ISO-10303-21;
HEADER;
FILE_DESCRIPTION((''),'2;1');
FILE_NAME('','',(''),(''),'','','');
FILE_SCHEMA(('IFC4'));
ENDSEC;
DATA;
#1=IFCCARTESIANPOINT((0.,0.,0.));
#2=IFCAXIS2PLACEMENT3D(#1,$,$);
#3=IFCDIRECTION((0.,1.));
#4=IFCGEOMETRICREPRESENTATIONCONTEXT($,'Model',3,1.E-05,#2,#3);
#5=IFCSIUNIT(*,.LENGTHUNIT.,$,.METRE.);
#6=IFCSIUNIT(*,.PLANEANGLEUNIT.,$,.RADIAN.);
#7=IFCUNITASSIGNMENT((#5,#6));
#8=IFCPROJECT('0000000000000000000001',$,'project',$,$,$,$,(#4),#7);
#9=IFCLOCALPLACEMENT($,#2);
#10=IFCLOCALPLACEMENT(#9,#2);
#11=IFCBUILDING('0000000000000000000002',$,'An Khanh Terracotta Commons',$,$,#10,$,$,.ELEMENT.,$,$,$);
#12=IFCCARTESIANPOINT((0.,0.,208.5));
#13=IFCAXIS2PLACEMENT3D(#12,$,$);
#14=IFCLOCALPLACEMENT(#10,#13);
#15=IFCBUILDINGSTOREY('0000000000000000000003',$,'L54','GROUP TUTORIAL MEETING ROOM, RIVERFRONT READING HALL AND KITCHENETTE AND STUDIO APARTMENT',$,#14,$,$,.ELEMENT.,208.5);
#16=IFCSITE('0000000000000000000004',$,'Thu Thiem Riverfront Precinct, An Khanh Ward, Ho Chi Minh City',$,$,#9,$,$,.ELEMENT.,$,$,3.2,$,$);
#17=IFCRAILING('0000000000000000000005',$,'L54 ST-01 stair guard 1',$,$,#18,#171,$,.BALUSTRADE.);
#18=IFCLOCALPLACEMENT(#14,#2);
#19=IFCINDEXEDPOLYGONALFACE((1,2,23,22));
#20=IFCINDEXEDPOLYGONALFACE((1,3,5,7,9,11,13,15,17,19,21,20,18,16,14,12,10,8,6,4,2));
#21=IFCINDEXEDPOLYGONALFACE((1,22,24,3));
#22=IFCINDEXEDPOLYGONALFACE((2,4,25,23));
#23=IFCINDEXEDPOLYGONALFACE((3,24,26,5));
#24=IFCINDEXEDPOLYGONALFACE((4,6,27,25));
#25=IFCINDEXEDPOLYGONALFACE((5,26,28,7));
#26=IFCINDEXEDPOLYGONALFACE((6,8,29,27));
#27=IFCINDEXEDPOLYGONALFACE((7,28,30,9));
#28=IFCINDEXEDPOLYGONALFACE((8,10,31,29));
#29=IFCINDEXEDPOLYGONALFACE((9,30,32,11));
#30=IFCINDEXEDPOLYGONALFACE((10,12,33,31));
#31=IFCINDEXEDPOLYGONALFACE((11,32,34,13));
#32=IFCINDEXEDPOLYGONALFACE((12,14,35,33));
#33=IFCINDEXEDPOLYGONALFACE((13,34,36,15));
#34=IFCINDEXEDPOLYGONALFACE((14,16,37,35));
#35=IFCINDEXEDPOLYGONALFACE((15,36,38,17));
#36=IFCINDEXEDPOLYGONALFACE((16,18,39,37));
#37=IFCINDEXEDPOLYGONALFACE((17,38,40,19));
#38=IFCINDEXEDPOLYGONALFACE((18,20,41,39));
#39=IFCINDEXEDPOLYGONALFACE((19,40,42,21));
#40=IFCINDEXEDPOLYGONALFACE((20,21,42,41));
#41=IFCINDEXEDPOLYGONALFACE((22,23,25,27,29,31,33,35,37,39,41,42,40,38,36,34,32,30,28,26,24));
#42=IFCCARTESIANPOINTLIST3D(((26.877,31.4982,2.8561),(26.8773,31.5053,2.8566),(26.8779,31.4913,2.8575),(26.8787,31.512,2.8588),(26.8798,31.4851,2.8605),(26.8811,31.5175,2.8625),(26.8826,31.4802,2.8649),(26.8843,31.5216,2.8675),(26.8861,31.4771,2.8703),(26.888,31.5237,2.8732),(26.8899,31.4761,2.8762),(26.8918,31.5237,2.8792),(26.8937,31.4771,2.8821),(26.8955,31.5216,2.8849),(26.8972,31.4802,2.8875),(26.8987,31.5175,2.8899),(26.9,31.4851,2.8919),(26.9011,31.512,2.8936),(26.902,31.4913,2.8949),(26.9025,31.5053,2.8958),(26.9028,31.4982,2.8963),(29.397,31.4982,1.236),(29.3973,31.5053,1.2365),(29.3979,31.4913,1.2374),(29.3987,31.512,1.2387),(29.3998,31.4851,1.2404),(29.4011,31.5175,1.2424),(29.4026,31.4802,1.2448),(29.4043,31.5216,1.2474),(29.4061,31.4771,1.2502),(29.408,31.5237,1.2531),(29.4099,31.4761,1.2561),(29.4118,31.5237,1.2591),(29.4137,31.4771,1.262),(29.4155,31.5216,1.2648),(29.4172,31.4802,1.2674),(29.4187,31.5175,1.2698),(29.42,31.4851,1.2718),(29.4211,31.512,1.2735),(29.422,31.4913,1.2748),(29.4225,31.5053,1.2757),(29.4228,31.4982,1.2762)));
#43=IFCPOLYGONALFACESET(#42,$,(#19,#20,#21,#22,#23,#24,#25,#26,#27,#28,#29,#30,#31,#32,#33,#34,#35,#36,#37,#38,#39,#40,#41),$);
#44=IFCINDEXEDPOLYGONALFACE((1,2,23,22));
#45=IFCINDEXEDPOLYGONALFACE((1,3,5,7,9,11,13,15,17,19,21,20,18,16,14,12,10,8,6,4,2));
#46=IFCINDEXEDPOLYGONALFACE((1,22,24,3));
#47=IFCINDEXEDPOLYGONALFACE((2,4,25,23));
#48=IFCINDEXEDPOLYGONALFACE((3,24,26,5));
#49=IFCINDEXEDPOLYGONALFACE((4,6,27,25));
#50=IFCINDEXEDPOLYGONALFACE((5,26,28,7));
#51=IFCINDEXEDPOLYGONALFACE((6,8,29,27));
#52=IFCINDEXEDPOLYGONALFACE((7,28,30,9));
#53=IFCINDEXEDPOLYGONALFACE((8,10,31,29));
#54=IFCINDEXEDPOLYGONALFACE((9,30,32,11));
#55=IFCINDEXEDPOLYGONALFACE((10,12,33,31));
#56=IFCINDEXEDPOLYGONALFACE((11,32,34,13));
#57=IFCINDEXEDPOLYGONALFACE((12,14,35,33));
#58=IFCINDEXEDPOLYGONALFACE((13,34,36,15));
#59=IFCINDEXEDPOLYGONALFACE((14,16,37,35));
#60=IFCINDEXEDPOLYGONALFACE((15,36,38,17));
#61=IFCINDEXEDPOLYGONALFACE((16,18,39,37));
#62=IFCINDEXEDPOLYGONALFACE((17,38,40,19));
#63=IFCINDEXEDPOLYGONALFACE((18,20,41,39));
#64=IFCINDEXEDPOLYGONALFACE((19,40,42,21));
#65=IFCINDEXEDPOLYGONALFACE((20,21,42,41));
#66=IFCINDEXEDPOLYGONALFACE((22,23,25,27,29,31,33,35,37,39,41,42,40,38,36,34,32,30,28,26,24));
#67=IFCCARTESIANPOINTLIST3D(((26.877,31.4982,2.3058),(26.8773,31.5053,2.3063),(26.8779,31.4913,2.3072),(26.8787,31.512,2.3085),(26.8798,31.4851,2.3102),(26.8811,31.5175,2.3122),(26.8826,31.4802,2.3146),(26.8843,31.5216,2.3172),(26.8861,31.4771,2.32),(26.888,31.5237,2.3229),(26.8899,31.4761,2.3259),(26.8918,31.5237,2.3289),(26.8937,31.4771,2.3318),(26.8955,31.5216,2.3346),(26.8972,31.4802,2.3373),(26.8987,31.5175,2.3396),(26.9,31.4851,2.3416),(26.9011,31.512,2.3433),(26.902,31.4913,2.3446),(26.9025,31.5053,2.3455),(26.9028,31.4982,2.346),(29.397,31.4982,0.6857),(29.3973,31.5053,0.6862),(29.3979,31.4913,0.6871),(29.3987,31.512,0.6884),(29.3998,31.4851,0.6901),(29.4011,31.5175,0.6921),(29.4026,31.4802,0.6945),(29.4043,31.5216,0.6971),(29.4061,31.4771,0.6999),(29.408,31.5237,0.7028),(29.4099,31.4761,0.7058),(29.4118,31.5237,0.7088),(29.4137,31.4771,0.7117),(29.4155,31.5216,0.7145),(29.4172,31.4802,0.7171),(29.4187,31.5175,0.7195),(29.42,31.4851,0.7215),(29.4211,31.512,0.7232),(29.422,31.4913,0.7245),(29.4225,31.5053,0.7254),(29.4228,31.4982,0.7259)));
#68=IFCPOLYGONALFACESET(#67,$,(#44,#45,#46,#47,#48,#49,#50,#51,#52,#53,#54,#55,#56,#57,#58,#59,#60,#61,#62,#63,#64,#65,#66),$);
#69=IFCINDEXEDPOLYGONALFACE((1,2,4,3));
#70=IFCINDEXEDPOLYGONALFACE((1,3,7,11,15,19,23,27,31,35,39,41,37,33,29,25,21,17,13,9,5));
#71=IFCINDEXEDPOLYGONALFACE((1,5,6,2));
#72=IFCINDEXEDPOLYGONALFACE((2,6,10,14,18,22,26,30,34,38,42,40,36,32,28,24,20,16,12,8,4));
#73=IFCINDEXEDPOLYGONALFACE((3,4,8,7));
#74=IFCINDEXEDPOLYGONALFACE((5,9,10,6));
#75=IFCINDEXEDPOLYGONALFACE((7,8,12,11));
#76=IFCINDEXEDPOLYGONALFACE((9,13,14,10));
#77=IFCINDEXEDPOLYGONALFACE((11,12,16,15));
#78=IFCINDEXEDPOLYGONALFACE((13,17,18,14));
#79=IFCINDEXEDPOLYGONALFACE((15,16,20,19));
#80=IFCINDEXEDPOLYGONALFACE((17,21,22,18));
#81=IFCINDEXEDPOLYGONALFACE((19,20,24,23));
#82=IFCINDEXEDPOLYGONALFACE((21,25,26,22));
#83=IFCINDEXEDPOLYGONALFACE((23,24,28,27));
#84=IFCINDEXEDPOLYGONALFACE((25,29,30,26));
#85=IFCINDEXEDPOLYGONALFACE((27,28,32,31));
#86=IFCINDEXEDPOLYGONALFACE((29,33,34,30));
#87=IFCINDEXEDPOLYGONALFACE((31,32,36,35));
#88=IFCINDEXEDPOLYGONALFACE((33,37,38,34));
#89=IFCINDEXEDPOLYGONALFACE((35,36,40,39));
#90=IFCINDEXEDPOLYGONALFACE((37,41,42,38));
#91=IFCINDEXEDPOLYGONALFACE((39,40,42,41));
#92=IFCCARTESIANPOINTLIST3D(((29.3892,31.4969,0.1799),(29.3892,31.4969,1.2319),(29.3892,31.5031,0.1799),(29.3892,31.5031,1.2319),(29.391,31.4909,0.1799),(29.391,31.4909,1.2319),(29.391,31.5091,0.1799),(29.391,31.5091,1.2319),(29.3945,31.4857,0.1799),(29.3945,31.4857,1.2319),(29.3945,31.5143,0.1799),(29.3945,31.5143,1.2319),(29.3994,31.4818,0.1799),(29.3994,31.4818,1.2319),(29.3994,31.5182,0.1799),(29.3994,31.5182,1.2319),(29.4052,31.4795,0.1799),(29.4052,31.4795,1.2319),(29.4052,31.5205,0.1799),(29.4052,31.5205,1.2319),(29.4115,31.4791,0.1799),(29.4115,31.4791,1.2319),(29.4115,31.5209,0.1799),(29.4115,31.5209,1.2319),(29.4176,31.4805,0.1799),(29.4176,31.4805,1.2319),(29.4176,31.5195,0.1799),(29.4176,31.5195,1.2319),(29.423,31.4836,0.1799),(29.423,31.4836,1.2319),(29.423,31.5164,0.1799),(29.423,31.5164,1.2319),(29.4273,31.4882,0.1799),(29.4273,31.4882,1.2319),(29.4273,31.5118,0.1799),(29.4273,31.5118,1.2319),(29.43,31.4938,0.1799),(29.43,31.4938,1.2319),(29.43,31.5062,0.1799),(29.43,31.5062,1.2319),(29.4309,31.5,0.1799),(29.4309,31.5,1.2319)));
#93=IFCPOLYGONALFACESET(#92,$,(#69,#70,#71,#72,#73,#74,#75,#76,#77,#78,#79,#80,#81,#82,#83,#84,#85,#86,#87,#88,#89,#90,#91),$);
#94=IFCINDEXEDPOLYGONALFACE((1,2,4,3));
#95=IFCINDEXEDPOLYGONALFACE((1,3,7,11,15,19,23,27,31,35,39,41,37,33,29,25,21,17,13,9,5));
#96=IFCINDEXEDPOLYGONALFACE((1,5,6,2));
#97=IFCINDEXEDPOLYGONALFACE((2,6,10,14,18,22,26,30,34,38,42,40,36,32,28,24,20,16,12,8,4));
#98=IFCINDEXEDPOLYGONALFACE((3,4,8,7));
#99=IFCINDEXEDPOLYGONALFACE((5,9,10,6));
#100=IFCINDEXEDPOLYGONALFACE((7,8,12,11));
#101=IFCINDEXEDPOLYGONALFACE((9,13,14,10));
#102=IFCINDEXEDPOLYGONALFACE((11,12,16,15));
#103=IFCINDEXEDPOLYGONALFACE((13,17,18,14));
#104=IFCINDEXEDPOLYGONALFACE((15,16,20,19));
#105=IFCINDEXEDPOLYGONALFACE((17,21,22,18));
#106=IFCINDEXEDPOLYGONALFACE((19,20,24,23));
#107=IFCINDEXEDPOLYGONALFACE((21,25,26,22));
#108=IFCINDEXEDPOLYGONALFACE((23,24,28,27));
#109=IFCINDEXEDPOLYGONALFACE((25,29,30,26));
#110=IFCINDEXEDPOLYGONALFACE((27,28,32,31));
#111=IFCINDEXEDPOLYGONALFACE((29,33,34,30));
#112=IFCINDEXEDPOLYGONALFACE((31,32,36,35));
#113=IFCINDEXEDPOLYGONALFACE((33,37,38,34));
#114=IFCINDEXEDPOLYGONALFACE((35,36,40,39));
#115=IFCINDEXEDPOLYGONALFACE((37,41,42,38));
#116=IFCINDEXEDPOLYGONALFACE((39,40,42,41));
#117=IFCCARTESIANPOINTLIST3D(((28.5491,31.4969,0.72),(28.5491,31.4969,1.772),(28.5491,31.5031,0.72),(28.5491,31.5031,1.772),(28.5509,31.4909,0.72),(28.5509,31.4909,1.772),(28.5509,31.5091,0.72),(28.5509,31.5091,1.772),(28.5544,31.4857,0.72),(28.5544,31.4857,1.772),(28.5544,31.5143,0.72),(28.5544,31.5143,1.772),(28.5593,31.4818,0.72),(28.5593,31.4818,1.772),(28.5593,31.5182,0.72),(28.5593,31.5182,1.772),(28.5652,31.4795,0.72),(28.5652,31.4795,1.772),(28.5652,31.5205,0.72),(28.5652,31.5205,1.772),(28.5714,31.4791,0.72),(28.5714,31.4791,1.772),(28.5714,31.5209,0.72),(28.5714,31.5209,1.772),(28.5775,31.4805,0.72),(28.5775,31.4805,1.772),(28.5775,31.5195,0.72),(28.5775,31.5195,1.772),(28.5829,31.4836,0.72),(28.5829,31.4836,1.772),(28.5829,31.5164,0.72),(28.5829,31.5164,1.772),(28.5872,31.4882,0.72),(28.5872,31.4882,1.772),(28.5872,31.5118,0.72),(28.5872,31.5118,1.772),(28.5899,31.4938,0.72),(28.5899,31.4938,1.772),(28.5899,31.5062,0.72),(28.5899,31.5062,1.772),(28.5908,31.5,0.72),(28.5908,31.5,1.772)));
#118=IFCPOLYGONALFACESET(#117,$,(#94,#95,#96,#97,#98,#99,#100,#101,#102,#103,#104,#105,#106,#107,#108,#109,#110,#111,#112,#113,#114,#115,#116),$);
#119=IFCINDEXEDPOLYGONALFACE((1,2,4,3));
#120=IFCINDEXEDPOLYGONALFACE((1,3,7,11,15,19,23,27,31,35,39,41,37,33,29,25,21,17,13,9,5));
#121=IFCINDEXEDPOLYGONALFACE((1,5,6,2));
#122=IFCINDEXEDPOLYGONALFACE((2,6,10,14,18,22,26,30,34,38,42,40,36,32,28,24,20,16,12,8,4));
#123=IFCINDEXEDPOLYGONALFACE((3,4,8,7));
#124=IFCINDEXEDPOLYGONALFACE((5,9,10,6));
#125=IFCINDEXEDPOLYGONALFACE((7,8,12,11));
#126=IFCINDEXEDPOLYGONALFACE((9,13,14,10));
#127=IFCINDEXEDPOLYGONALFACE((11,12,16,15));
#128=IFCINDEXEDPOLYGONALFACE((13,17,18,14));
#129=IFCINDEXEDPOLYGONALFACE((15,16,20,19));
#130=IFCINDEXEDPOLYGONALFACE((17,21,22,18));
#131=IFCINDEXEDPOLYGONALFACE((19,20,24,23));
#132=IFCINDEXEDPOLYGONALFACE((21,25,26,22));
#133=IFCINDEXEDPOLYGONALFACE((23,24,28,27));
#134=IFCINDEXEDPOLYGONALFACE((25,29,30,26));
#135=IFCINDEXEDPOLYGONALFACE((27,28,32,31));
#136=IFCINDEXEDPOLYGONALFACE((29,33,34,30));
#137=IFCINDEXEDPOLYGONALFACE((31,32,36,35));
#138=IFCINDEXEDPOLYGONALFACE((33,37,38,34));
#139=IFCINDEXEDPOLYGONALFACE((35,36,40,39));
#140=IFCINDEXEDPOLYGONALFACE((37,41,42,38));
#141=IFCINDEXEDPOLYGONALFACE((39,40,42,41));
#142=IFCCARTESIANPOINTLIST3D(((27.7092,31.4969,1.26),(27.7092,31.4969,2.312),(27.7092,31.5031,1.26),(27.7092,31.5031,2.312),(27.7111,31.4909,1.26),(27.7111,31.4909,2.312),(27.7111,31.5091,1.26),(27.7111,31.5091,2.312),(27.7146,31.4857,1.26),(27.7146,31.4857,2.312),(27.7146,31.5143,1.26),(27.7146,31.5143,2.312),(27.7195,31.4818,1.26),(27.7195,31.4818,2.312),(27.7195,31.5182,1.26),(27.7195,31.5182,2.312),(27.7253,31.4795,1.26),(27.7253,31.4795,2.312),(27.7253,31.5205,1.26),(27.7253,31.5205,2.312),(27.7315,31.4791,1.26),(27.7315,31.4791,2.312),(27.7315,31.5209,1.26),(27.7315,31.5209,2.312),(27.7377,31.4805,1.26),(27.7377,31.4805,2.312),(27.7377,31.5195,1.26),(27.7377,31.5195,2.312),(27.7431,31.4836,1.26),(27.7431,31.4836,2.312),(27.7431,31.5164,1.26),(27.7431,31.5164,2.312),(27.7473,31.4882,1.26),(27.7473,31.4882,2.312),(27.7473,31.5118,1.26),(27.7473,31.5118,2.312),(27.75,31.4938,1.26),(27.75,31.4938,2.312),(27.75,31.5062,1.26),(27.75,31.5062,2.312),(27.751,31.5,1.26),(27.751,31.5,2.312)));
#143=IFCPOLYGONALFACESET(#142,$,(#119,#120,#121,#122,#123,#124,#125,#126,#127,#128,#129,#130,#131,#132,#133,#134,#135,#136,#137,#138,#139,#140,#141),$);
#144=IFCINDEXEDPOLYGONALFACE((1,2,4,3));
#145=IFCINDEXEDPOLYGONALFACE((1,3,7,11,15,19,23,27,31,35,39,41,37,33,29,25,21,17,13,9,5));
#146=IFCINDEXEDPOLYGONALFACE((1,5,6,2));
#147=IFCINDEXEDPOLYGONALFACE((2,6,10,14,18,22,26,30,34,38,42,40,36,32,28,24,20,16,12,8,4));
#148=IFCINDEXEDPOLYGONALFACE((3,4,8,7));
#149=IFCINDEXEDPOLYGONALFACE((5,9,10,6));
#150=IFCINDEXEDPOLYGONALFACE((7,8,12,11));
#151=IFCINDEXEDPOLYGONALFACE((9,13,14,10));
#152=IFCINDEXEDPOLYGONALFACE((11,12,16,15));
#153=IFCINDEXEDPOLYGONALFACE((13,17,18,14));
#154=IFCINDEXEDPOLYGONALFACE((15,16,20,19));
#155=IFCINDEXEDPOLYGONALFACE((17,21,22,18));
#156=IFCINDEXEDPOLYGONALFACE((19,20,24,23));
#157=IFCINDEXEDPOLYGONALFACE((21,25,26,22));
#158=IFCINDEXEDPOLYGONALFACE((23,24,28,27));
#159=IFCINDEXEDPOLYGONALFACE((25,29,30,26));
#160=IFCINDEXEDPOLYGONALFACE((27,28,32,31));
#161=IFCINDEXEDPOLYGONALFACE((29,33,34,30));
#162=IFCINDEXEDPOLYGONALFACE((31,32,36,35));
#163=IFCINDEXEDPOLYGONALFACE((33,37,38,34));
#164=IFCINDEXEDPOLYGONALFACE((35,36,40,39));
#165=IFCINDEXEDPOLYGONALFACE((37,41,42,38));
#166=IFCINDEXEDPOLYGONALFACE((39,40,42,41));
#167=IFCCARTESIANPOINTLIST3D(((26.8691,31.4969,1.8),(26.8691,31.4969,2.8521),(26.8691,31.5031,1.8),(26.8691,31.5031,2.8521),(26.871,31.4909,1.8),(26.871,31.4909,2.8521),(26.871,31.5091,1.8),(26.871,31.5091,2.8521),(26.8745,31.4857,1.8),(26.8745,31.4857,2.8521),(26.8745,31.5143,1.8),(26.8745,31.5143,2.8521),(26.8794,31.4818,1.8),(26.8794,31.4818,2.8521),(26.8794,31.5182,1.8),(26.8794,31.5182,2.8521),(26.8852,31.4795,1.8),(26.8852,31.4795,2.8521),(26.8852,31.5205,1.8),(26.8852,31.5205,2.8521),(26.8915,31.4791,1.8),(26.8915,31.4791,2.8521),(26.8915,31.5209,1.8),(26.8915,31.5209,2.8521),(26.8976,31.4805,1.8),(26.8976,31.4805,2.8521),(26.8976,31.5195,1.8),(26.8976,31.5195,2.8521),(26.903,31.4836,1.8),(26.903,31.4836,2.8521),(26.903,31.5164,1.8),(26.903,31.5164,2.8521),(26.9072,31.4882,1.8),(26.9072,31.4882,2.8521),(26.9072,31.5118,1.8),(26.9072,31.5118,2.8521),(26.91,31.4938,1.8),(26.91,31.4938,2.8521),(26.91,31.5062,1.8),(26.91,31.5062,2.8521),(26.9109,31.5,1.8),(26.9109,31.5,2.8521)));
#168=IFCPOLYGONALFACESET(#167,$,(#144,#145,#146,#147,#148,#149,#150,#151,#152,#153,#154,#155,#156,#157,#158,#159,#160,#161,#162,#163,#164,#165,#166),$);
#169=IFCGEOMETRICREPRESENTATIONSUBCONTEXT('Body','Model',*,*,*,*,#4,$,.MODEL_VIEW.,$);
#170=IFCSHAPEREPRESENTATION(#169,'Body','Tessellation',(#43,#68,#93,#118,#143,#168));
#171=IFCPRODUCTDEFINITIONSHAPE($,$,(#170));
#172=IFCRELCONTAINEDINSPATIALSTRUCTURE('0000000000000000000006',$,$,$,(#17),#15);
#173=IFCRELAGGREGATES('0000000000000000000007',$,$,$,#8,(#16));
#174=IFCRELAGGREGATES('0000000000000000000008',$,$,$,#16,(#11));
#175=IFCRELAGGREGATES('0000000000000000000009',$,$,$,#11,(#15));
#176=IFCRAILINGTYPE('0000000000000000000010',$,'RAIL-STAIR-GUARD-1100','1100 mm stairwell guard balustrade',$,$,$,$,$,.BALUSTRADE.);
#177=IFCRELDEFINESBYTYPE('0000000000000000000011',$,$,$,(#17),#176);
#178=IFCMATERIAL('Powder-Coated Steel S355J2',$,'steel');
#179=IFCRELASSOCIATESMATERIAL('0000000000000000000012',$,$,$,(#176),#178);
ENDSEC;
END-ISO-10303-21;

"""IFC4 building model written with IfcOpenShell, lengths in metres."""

from ifc_helpers import new_model, si_unit, direction, frame, origin, origin_2d, place, context, subcontext, project, spatial, circle, extrude, material, type_object, element, save


model = new_model("IFC4")

# Units and contexts
model_context = context("Model", 3, precision=1e-05, world=origin(), true_north=direction((0.0, 1.0)))
body_context = subcontext(model_context, "Body", "Model", "MODEL_VIEW")
ifc_project = project(units=[si_unit("LENGTHUNIT", "METRE"), si_unit("PLANEANGLEUNIT", "RADIAN")], contexts=[model_context])

# Site, building, storey
site_placement = place(None, origin())
site = spatial("IfcSite", under=ifc_project, at=site_placement, Name="Thu Thiem Riverfront Precinct, An Khanh Ward, Ho Chi Minh City", CompositionType="ELEMENT", RefElevation=3.2)
building_placement = place(site_placement, origin())
building = spatial("IfcBuilding", under=site, at=building_placement, Name="An Khanh Terracotta Commons", CompositionType="ELEMENT")
storey_placement = place(building_placement, frame((0.0, 0.0, 208.5)))
storey = spatial("IfcBuildingStorey", under=building, at=storey_placement, Name="L54", Description="GROUP TUTORIAL MEETING ROOM, RIVERFRONT READING HALL AND KITCHENETTE AND STUDIO APARTMENT", CompositionType="ELEMENT", Elevation=208.5)

# Railing
ifc_material_1 = material(Name="Powder-Coated Steel S355J2", Category="steel")
railing_type_1 = type_object("IfcRailingType", Name="RAIL-STAIR-GUARD-1100", Description="1100 mm stairwell guard balustrade", PredefinedType="BALUSTRADE", material=ifc_material_1)
railing_1_placement = place(storey_placement, frame((29.4099, 31.5, 0.1799)))
element("IfcRailing", 1, at=railing_1_placement, inside=storey, type_object=railing_type_1, Name="L54 ST-01 stair guard 1", PredefinedType="BALUSTRADE", context=body_context, shape_type="SweptSolid", body=[
    extrude(circle(Radius=0.0239, at=origin_2d()), frame((0.0, 0.0, 1.0762), z_axis=(-0.841163, 0.0, 0.540782), x_axis=(0.0, -1.0, 0.0)), (0.0, 0.0, 1.0), 2.9958),
    extrude(circle(Radius=0.0239, at=origin_2d()), frame((0.0, 0.0, 0.5259), z_axis=(-0.841163, 0.0, 0.540782), x_axis=(0.0, -1.0, 0.0)), (0.0, 0.0, 1.0), 2.9958),
    extrude(circle(Radius=0.021, at=origin_2d()), origin(), (0.0, 0.0, 1.0), 1.052),
    extrude(circle(Radius=0.021, at=origin_2d()), frame((-0.8401, 0.0, 0.54)), (0.0, 0.0, 1.0), 1.052),
    extrude(circle(Radius=0.021, at=origin_2d()), frame((-1.6799, 0.0, 1.0801)), (0.0, 0.0, 1.0), 1.052),
    extrude(circle(Radius=0.021, at=origin_2d()), frame((-2.52, 0.0, 1.6201)), (0.0, 0.0, 1.0), 1.052),
])

save(model, "model.ifc")
